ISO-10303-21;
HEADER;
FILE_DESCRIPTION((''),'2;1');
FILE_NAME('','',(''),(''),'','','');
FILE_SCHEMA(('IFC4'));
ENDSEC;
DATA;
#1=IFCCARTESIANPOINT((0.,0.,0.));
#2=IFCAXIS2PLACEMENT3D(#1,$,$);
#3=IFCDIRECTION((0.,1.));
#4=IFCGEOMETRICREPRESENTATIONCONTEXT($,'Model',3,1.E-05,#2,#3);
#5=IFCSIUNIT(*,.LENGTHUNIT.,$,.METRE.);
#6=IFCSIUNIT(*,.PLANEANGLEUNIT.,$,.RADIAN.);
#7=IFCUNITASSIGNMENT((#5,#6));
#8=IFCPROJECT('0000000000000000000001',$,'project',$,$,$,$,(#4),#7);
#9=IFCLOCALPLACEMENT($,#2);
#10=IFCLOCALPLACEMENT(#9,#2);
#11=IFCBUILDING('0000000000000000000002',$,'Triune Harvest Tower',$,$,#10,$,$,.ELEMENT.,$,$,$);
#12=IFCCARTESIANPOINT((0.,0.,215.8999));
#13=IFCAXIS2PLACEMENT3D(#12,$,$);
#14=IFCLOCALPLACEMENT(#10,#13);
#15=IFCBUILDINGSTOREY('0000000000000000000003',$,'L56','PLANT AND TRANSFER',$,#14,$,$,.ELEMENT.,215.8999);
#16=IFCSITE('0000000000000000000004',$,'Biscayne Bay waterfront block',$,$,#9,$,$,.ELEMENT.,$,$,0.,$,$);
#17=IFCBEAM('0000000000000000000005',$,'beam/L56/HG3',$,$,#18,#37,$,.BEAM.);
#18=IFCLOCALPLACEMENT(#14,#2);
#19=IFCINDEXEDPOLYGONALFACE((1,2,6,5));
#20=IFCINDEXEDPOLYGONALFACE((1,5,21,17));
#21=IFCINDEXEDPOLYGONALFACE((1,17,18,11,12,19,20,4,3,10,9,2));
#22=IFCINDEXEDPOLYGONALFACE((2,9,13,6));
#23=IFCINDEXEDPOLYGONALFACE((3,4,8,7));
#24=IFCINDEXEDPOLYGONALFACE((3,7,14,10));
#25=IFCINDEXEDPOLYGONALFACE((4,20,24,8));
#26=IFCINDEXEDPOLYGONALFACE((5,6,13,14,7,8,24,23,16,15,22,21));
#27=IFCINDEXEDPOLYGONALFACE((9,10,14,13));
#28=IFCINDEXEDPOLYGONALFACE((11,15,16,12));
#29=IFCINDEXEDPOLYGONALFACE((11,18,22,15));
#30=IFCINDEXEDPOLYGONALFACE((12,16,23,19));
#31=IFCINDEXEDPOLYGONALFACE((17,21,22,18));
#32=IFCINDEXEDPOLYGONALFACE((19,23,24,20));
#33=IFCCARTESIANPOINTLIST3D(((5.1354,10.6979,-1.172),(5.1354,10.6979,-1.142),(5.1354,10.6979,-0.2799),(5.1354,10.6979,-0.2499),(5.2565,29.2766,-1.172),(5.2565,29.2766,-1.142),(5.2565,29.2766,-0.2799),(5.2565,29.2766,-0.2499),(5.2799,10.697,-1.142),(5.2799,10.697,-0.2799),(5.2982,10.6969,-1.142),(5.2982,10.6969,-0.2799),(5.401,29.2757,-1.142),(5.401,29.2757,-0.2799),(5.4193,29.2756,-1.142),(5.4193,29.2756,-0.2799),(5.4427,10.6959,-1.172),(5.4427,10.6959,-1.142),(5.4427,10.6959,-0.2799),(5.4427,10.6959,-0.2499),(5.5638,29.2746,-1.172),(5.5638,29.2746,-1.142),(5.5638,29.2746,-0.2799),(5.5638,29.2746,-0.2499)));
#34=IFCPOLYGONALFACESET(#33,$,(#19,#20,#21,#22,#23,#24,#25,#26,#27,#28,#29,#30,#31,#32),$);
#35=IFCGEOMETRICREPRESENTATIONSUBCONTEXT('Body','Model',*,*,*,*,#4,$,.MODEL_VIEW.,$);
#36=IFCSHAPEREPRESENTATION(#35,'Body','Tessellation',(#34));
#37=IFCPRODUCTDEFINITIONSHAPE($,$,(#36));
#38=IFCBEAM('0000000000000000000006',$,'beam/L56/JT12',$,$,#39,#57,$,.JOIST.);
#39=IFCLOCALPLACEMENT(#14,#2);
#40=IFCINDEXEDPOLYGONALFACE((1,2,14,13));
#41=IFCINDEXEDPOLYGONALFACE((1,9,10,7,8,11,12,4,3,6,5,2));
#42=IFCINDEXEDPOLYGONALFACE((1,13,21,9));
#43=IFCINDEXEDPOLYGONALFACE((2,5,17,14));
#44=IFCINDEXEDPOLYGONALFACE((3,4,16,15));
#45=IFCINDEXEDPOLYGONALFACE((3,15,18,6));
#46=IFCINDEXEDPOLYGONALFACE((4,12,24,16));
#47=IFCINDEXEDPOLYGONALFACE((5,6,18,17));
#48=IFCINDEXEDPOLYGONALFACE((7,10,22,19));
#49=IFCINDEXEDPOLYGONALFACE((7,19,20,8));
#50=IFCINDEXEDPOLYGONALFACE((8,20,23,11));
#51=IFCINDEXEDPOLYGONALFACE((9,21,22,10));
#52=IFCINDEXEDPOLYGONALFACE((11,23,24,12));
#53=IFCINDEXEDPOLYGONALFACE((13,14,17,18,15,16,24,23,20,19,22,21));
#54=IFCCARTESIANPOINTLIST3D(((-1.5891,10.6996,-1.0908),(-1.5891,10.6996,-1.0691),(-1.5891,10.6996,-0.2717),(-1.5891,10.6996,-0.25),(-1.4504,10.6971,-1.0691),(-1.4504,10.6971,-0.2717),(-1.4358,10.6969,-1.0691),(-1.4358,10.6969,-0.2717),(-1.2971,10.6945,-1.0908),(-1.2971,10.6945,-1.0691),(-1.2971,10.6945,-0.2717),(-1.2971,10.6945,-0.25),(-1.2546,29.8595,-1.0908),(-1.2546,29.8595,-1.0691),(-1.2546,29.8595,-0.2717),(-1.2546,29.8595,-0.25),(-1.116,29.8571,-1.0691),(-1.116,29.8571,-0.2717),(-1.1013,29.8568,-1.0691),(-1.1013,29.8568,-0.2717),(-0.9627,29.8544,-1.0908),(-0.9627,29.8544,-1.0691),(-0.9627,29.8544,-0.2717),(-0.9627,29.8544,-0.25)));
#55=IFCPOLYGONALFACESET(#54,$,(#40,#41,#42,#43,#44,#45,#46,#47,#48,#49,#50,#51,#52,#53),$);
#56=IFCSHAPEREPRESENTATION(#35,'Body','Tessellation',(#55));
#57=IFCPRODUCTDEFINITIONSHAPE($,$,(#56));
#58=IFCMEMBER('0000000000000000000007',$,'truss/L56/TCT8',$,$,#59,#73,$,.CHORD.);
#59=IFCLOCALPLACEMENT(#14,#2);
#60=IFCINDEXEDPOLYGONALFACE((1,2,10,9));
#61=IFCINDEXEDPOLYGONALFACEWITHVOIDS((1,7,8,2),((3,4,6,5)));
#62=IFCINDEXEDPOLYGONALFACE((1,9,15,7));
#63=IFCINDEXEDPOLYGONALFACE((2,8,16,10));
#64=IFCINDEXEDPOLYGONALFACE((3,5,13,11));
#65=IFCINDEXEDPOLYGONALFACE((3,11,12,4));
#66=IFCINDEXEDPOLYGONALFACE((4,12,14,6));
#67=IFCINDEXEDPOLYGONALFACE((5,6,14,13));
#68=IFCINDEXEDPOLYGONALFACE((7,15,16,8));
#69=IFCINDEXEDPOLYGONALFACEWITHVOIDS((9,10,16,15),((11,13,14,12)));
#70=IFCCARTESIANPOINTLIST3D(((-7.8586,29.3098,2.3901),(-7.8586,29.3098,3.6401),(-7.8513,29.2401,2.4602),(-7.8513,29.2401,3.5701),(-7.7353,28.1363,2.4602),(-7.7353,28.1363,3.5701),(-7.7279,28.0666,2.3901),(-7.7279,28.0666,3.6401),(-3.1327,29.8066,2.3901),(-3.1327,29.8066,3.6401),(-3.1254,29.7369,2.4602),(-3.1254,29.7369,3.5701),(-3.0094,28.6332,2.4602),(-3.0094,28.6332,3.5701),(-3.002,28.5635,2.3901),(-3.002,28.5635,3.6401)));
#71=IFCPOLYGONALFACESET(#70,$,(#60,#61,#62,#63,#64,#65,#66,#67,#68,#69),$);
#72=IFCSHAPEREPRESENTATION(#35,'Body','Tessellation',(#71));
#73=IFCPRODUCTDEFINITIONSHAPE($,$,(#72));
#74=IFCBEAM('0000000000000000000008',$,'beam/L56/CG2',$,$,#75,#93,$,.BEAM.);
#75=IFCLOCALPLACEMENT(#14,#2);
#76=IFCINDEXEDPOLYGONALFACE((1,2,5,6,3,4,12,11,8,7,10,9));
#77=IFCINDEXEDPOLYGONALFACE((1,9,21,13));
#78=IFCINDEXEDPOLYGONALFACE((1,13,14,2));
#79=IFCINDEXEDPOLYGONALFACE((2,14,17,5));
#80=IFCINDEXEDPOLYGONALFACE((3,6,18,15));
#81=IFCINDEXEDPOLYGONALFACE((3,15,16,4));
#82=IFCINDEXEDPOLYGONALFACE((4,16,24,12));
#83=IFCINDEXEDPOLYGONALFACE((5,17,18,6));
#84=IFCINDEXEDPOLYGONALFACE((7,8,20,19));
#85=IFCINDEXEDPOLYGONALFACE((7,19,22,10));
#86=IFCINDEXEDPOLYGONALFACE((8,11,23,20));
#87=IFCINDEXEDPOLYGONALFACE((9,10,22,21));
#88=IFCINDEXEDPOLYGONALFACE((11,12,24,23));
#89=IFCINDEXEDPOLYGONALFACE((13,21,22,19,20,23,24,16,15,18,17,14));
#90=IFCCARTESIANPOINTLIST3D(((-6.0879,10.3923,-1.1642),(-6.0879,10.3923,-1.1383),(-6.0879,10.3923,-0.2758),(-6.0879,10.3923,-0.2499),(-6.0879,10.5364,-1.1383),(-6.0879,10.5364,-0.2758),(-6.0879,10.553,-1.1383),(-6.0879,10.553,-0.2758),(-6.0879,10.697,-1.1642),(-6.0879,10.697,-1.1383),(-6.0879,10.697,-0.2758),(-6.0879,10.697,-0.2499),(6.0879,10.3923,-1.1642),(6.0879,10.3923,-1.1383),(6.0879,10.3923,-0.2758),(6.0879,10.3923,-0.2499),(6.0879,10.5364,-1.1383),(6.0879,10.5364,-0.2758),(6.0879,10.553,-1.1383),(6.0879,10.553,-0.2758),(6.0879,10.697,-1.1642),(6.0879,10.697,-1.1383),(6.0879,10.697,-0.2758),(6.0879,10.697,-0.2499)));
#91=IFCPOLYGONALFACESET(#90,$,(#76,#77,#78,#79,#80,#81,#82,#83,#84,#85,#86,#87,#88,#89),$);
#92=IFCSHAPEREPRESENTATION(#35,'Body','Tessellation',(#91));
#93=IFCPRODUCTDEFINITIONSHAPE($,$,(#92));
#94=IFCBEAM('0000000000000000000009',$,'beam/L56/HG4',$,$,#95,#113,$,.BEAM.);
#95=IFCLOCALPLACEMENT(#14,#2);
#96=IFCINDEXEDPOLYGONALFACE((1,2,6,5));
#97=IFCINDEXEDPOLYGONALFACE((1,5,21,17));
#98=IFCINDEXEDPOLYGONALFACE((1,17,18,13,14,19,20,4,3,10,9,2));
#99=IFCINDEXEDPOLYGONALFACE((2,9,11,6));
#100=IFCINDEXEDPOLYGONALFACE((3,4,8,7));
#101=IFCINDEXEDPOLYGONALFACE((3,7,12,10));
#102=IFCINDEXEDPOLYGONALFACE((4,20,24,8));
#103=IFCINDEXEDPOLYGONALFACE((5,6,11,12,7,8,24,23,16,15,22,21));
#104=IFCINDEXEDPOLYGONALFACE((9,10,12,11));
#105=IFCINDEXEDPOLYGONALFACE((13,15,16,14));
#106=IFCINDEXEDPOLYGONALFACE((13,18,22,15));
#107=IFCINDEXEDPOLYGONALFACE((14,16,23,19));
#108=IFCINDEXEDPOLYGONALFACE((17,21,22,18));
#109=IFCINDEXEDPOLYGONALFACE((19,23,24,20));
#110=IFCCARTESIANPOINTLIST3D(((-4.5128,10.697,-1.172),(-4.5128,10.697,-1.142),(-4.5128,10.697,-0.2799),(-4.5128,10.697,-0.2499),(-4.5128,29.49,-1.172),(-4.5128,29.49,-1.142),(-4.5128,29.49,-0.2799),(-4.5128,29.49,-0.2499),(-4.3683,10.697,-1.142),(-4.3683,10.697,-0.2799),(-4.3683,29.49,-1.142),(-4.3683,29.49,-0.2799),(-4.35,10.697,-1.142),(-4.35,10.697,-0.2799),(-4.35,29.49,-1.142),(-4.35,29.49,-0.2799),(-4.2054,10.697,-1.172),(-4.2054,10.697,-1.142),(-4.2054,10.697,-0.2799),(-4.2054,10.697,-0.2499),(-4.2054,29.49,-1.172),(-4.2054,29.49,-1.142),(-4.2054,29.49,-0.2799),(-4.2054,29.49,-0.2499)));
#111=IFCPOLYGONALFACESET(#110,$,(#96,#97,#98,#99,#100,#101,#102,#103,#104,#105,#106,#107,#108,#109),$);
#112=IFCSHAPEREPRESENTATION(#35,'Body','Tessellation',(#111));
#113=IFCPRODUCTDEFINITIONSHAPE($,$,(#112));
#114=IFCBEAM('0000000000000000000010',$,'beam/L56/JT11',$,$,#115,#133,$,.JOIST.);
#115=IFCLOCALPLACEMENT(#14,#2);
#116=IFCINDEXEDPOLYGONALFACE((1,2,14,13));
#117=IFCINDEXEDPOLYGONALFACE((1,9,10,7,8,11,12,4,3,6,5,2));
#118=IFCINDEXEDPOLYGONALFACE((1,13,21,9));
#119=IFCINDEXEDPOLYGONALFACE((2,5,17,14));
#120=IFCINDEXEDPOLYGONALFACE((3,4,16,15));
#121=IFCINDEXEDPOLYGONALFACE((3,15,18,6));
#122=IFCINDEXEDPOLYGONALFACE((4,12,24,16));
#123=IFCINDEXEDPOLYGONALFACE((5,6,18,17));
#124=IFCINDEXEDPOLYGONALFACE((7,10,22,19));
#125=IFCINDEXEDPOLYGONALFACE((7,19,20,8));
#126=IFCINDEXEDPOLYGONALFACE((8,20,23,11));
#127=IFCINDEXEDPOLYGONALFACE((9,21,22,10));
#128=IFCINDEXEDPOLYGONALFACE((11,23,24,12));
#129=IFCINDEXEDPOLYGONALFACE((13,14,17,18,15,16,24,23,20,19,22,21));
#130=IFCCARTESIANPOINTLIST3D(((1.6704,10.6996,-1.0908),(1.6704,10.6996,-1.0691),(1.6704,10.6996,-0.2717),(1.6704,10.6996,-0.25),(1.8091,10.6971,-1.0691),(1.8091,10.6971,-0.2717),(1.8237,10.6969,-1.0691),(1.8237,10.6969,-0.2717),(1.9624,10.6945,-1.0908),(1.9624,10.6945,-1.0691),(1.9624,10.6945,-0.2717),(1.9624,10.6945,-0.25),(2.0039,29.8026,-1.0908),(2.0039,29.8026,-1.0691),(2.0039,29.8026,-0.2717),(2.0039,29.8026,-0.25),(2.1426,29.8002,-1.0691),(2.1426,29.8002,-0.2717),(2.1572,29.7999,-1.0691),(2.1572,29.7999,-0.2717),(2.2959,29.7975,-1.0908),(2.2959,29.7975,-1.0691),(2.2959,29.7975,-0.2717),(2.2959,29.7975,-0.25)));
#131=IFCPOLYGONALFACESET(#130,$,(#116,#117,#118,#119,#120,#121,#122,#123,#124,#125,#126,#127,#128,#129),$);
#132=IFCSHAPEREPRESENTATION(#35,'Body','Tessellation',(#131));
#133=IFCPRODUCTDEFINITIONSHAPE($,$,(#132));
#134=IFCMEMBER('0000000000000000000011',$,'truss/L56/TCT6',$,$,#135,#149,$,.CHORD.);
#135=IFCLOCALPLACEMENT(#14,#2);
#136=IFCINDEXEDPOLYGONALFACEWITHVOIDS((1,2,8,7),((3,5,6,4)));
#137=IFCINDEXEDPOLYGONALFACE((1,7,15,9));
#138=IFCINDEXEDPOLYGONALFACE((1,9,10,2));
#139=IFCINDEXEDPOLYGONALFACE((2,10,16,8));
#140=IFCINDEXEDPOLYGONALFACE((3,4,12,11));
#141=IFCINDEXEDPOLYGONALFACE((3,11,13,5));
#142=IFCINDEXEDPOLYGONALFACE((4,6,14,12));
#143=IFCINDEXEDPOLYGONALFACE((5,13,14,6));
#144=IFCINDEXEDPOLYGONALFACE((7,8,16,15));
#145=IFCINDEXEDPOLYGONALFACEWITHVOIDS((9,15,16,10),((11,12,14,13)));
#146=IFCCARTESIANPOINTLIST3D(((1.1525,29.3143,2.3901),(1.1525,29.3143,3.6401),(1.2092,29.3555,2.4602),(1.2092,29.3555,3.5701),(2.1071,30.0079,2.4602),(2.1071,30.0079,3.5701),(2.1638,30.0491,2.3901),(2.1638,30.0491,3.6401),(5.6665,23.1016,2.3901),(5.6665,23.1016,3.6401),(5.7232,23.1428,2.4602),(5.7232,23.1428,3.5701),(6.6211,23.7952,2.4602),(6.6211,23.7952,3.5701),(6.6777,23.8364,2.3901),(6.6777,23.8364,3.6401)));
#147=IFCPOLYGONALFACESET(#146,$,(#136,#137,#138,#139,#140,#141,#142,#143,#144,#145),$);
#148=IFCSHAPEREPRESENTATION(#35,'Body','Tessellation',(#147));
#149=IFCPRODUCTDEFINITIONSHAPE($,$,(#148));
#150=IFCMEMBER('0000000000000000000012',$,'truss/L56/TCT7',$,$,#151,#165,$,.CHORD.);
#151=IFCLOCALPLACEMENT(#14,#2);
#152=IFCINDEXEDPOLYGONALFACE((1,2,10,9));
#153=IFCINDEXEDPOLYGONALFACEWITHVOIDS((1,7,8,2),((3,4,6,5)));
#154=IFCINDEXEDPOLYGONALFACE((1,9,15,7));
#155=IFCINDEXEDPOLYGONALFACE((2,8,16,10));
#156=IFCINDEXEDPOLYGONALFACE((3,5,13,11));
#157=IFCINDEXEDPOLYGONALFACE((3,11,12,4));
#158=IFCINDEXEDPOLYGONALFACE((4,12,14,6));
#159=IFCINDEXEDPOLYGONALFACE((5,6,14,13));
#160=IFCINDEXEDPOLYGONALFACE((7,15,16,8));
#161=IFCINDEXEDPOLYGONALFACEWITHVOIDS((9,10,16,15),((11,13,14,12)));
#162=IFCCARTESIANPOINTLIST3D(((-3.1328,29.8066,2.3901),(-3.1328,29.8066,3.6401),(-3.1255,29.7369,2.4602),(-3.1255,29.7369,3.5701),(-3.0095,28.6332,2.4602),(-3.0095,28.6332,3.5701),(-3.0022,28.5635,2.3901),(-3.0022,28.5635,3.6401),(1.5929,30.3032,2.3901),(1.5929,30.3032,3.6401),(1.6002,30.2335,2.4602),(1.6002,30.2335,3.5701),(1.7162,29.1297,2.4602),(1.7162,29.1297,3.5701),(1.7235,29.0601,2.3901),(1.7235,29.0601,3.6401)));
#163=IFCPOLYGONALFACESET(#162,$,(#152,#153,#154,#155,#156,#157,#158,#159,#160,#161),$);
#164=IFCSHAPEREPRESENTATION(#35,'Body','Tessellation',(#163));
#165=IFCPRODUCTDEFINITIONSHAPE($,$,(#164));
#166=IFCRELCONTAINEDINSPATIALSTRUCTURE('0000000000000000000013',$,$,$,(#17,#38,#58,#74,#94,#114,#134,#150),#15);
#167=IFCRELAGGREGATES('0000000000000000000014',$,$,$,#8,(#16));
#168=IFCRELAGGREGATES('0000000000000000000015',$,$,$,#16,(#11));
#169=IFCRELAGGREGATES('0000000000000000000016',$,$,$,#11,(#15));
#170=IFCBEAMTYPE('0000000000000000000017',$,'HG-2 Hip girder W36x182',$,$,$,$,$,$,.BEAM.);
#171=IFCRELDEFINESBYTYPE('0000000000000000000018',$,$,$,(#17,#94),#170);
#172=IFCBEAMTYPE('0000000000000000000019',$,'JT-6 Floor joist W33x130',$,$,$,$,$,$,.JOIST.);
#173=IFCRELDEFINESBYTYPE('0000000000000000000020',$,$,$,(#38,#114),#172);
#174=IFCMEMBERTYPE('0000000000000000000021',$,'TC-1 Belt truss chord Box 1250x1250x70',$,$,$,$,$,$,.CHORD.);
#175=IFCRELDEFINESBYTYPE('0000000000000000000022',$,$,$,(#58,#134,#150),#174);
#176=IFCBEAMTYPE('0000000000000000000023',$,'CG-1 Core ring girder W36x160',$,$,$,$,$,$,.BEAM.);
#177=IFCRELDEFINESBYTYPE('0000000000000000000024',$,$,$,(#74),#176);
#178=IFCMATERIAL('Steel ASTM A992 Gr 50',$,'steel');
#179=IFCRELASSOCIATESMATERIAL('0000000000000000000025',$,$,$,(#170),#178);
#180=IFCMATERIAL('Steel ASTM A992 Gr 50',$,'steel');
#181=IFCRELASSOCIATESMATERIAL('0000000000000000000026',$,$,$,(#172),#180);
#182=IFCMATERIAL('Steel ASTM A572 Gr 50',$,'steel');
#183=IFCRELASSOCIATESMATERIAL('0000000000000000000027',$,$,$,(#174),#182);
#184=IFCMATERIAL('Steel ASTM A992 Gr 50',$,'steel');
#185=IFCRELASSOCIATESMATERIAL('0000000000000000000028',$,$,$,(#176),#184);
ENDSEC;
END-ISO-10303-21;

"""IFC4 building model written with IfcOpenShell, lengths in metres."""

from ifc_helpers import new_model, si_unit, direction, frame, origin, origin_2d, place, context, subcontext, project, spatial, hollow_rectangle, i_section, extrude, source, transform, mapped, material, material_profile, profile_set, type_object, element, save


model = new_model("IFC4")

# Units and contexts
model_context = context("Model", 3, precision=1e-05, world=origin(), true_north=direction((0.0, 1.0)))
body_context = subcontext(model_context, "Body", "Model", "MODEL_VIEW")
ifc_project = project(units=[si_unit("LENGTHUNIT", "METRE"), si_unit("PLANEANGLEUNIT", "RADIAN")], contexts=[model_context])

# Site, building, storey
site_placement = place(None, origin())
site = spatial("IfcSite", under=ifc_project, at=site_placement, Name="Biscayne Bay waterfront block", CompositionType="ELEMENT", RefElevation=0.0)
building_placement = place(site_placement, origin())
building = spatial("IfcBuilding", under=site, at=building_placement, Name="Triune Harvest Tower", CompositionType="ELEMENT")
storey_placement = place(building_placement, frame((0.0, 0.0, 215.8999)))
storey = spatial("IfcBuildingStorey", under=building, at=storey_placement, Name="L56", Description="PLANT AND TRANSFER", CompositionType="ELEMENT", Elevation=215.8999)

# Beams
ifc_material_1 = material(Name="Steel ASTM A992 Gr 50", Category="steel")
ifc_material_profile_1 = material_profile(ifc_material_1, i_section(OverallWidth=0.3074, OverallDepth=0.9221, WebThickness=0.0183, FlangeThickness=0.03, at=origin_2d()), Name="W36x182")
ifc_profile_set_1 = profile_set([ifc_material_profile_1], Name="Steel ASTM A992 Gr 50")
beam_type_1 = type_object("IfcBeamType", Name="HG-2 Hip girder W36x182", PredefinedType="BEAM", material=ifc_profile_set_1)
beam_1_placement = place(storey_placement, frame((5.4102, 29.2756, -0.7109), z_axis=(-0.006518, -0.999979, 0.0), x_axis=(0.999979, -0.006518, 0.0)))
element("IfcBeam", 1, at=beam_1_placement, inside=storey, type_object=beam_type_1, Name="beam/L56/HG3", PredefinedType="BEAM", context=body_context, shape_type="SweptSolid", body=[
    extrude(i_section(OverallWidth=0.3074, OverallDepth=0.9221, WebThickness=0.0183, FlangeThickness=0.03, at=origin_2d()), origin(), (0.0, 0.0, 1.0), 18.5791),
])
ifc_material_2 = material(Name="Steel ASTM A992 Gr 50", Category="steel")
ifc_material_profile_2 = material_profile(ifc_material_2, i_section(OverallWidth=0.292, OverallDepth=0.8408, WebThickness=0.0146, FlangeThickness=0.0217, at=origin_2d()), Name="W33x130")
ifc_profile_set_2 = profile_set([ifc_material_profile_2], Name="Steel ASTM A992 Gr 50")
beam_type_2 = type_object("IfcBeamType", Name="JT-6 Floor joist W33x130", PredefinedType="JOIST", material=ifc_profile_set_2)
beam_2_placement = place(storey_placement, frame((-1.1086, 29.8569, -0.6704), z_axis=(-0.017454, -0.999848, 0.0), x_axis=(0.999848, -0.017454, 0.0)))
element("IfcBeam", 2, at=beam_2_placement, inside=storey, type_object=beam_type_2, Name="beam/L56/JT12", PredefinedType="JOIST", context=body_context, shape_type="SweptSolid", body=[
    extrude(i_section(OverallWidth=0.292, OverallDepth=0.8408, WebThickness=0.0146, FlangeThickness=0.0217, at=origin_2d()), origin(), (0.0, 0.0, 1.0), 19.1628),
])

# Member
ifc_material_3 = material(Name="Steel ASTM A572 Gr 50", Category="steel")
ifc_material_profile_3 = material_profile(ifc_material_3, hollow_rectangle(XDim=1.25, YDim=1.25, WallThickness=0.0701, at=origin_2d()), Name="Box 1250x1250x70")
ifc_profile_set_3 = profile_set([ifc_material_profile_3], Name="Steel ASTM A572 Gr 50")
member_type_1 = type_object("IfcMemberType", Name="TC-1 Belt truss chord Box 1250x1250x70", PredefinedType="CHORD", material=ifc_profile_set_3)
member_1_placement = place(storey_placement, frame((-3.0674, 29.1851, 3.0151), z_axis=(-0.994519, -0.104554, 0.0), x_axis=(0.104554, -0.994519, 0.0)))
element("IfcMember", 3, at=member_1_placement, inside=storey, type_object=member_type_1, Name="truss/L56/TCT8", PredefinedType="CHORD", context=body_context, shape_type="SweptSolid", body=[
    extrude(hollow_rectangle(XDim=1.25, YDim=1.25, WallThickness=0.0701, at=origin_2d()), origin(), (0.0, 0.0, 1.0), 4.752),
])

# Beams
ifc_material_4 = material(Name="Steel ASTM A992 Gr 50", Category="steel")
ifc_material_profile_4 = material_profile(ifc_material_4, i_section(OverallWidth=0.3047, OverallDepth=0.9143, WebThickness=0.0166, FlangeThickness=0.0259, at=origin_2d()), Name="W36x160")
ifc_profile_set_4 = profile_set([ifc_material_profile_4], Name="Steel ASTM A992 Gr 50")
beam_type_3 = type_object("IfcBeamType", Name="CG-1 Core ring girder W36x160", PredefinedType="BEAM", material=ifc_profile_set_4)
shared_shape_1 = source(origin(), body_context, "Body", "SweptSolid", [
    extrude(i_section(OverallWidth=0.3047, OverallDepth=0.9143, WebThickness=0.0166, FlangeThickness=0.0259, at=origin_2d()), origin(), (0.0, 0.0, 1.0), 12.1758),
])
beam_3_placement = place(storey_placement, frame((6.0879, 10.5447, -0.707), z_axis=(-1.0, 0.0, 0.0), x_axis=(0.0, -1.0, 0.0)))
element("IfcBeam", 4, at=beam_3_placement, inside=storey, type_object=beam_type_3, Name="beam/L56/CG2", PredefinedType="BEAM", context=body_context, shape_type="MappedRepresentation", body=[
    mapped(shared_shape_1, transform((0.0, 0.0, 0.0), scale=1.0)),
])
shared_shape_2 = source(origin(), body_context, "Body", "SweptSolid", [
    extrude(i_section(OverallWidth=0.3074, OverallDepth=0.9221, WebThickness=0.0183, FlangeThickness=0.03, at=origin_2d()), origin(), (0.0, 0.0, 1.0), 18.793),
])
beam_4_placement = place(storey_placement, frame((-4.3591, 29.49, -0.7109), z_axis=(0.0, -1.0, 0.0), x_axis=(1.0, 0.0, 0.0)))
element("IfcBeam", 5, at=beam_4_placement, inside=storey, type_object=beam_type_1, Name="beam/L56/HG4", PredefinedType="BEAM", context=body_context, shape_type="MappedRepresentation", body=[
    mapped(shared_shape_2, transform((0.0, 0.0, 0.0), scale=1.0)),
])
shared_shape_3 = source(origin(), body_context, "Body", "SweptSolid", [
    extrude(i_section(OverallWidth=0.292, OverallDepth=0.8408, WebThickness=0.0146, FlangeThickness=0.0217, at=origin_2d()), origin(), (0.0, 0.0, 1.0), 19.106),
])
beam_5_placement = place(storey_placement, frame((2.1499, 29.8, -0.6704), z_axis=(-0.017455, -0.999848, 0.0), x_axis=(0.999848, -0.017455, 0.0)))
element("IfcBeam", 6, at=beam_5_placement, inside=storey, type_object=beam_type_2, Name="beam/L56/JT11", PredefinedType="JOIST", context=body_context, shape_type="MappedRepresentation", body=[
    mapped(shared_shape_3, transform((0.0, 0.0, 0.0), scale=1.0)),
])

# Members
shared_shape_4 = source(origin(), body_context, "Body", "SweptSolid", [
    extrude(hollow_rectangle(XDim=1.25, YDim=1.25, WallThickness=0.0701, at=origin_2d()), origin(), (0.0, 0.0, 1.0), 7.6794),
])
member_2_placement = place(storey_placement, frame((6.1721, 23.469, 3.0151), z_axis=(-0.587799, 0.809007, 0.0), x_axis=(-0.809007, -0.587799, 0.0)))
element("IfcMember", 7, at=member_2_placement, inside=storey, type_object=member_type_1, Name="truss/L56/TCT6", PredefinedType="CHORD", context=body_context, shape_type="MappedRepresentation", body=[
    mapped(shared_shape_4, transform((0.0, 0.0, 0.0), scale=1.0)),
])
shared_shape_5 = source(origin(), body_context, "Body", "SweptSolid", [
    extrude(hollow_rectangle(XDim=1.25, YDim=1.25, WallThickness=0.0701, at=origin_2d()), origin(), (0.0, 0.0, 1.0), 4.7517),
])
member_3_placement = place(storey_placement, frame((1.6582, 29.6816, 3.0151), z_axis=(-0.994524, -0.104508, 0.0), x_axis=(0.104508, -0.994524, 0.0)))
element("IfcMember", 8, at=member_3_placement, inside=storey, type_object=member_type_1, Name="truss/L56/TCT7", PredefinedType="CHORD", context=body_context, shape_type="MappedRepresentation", body=[
    mapped(shared_shape_5, transform((0.0, 0.0, 0.0), scale=1.0)),
])

save(model, "model.ifc")
